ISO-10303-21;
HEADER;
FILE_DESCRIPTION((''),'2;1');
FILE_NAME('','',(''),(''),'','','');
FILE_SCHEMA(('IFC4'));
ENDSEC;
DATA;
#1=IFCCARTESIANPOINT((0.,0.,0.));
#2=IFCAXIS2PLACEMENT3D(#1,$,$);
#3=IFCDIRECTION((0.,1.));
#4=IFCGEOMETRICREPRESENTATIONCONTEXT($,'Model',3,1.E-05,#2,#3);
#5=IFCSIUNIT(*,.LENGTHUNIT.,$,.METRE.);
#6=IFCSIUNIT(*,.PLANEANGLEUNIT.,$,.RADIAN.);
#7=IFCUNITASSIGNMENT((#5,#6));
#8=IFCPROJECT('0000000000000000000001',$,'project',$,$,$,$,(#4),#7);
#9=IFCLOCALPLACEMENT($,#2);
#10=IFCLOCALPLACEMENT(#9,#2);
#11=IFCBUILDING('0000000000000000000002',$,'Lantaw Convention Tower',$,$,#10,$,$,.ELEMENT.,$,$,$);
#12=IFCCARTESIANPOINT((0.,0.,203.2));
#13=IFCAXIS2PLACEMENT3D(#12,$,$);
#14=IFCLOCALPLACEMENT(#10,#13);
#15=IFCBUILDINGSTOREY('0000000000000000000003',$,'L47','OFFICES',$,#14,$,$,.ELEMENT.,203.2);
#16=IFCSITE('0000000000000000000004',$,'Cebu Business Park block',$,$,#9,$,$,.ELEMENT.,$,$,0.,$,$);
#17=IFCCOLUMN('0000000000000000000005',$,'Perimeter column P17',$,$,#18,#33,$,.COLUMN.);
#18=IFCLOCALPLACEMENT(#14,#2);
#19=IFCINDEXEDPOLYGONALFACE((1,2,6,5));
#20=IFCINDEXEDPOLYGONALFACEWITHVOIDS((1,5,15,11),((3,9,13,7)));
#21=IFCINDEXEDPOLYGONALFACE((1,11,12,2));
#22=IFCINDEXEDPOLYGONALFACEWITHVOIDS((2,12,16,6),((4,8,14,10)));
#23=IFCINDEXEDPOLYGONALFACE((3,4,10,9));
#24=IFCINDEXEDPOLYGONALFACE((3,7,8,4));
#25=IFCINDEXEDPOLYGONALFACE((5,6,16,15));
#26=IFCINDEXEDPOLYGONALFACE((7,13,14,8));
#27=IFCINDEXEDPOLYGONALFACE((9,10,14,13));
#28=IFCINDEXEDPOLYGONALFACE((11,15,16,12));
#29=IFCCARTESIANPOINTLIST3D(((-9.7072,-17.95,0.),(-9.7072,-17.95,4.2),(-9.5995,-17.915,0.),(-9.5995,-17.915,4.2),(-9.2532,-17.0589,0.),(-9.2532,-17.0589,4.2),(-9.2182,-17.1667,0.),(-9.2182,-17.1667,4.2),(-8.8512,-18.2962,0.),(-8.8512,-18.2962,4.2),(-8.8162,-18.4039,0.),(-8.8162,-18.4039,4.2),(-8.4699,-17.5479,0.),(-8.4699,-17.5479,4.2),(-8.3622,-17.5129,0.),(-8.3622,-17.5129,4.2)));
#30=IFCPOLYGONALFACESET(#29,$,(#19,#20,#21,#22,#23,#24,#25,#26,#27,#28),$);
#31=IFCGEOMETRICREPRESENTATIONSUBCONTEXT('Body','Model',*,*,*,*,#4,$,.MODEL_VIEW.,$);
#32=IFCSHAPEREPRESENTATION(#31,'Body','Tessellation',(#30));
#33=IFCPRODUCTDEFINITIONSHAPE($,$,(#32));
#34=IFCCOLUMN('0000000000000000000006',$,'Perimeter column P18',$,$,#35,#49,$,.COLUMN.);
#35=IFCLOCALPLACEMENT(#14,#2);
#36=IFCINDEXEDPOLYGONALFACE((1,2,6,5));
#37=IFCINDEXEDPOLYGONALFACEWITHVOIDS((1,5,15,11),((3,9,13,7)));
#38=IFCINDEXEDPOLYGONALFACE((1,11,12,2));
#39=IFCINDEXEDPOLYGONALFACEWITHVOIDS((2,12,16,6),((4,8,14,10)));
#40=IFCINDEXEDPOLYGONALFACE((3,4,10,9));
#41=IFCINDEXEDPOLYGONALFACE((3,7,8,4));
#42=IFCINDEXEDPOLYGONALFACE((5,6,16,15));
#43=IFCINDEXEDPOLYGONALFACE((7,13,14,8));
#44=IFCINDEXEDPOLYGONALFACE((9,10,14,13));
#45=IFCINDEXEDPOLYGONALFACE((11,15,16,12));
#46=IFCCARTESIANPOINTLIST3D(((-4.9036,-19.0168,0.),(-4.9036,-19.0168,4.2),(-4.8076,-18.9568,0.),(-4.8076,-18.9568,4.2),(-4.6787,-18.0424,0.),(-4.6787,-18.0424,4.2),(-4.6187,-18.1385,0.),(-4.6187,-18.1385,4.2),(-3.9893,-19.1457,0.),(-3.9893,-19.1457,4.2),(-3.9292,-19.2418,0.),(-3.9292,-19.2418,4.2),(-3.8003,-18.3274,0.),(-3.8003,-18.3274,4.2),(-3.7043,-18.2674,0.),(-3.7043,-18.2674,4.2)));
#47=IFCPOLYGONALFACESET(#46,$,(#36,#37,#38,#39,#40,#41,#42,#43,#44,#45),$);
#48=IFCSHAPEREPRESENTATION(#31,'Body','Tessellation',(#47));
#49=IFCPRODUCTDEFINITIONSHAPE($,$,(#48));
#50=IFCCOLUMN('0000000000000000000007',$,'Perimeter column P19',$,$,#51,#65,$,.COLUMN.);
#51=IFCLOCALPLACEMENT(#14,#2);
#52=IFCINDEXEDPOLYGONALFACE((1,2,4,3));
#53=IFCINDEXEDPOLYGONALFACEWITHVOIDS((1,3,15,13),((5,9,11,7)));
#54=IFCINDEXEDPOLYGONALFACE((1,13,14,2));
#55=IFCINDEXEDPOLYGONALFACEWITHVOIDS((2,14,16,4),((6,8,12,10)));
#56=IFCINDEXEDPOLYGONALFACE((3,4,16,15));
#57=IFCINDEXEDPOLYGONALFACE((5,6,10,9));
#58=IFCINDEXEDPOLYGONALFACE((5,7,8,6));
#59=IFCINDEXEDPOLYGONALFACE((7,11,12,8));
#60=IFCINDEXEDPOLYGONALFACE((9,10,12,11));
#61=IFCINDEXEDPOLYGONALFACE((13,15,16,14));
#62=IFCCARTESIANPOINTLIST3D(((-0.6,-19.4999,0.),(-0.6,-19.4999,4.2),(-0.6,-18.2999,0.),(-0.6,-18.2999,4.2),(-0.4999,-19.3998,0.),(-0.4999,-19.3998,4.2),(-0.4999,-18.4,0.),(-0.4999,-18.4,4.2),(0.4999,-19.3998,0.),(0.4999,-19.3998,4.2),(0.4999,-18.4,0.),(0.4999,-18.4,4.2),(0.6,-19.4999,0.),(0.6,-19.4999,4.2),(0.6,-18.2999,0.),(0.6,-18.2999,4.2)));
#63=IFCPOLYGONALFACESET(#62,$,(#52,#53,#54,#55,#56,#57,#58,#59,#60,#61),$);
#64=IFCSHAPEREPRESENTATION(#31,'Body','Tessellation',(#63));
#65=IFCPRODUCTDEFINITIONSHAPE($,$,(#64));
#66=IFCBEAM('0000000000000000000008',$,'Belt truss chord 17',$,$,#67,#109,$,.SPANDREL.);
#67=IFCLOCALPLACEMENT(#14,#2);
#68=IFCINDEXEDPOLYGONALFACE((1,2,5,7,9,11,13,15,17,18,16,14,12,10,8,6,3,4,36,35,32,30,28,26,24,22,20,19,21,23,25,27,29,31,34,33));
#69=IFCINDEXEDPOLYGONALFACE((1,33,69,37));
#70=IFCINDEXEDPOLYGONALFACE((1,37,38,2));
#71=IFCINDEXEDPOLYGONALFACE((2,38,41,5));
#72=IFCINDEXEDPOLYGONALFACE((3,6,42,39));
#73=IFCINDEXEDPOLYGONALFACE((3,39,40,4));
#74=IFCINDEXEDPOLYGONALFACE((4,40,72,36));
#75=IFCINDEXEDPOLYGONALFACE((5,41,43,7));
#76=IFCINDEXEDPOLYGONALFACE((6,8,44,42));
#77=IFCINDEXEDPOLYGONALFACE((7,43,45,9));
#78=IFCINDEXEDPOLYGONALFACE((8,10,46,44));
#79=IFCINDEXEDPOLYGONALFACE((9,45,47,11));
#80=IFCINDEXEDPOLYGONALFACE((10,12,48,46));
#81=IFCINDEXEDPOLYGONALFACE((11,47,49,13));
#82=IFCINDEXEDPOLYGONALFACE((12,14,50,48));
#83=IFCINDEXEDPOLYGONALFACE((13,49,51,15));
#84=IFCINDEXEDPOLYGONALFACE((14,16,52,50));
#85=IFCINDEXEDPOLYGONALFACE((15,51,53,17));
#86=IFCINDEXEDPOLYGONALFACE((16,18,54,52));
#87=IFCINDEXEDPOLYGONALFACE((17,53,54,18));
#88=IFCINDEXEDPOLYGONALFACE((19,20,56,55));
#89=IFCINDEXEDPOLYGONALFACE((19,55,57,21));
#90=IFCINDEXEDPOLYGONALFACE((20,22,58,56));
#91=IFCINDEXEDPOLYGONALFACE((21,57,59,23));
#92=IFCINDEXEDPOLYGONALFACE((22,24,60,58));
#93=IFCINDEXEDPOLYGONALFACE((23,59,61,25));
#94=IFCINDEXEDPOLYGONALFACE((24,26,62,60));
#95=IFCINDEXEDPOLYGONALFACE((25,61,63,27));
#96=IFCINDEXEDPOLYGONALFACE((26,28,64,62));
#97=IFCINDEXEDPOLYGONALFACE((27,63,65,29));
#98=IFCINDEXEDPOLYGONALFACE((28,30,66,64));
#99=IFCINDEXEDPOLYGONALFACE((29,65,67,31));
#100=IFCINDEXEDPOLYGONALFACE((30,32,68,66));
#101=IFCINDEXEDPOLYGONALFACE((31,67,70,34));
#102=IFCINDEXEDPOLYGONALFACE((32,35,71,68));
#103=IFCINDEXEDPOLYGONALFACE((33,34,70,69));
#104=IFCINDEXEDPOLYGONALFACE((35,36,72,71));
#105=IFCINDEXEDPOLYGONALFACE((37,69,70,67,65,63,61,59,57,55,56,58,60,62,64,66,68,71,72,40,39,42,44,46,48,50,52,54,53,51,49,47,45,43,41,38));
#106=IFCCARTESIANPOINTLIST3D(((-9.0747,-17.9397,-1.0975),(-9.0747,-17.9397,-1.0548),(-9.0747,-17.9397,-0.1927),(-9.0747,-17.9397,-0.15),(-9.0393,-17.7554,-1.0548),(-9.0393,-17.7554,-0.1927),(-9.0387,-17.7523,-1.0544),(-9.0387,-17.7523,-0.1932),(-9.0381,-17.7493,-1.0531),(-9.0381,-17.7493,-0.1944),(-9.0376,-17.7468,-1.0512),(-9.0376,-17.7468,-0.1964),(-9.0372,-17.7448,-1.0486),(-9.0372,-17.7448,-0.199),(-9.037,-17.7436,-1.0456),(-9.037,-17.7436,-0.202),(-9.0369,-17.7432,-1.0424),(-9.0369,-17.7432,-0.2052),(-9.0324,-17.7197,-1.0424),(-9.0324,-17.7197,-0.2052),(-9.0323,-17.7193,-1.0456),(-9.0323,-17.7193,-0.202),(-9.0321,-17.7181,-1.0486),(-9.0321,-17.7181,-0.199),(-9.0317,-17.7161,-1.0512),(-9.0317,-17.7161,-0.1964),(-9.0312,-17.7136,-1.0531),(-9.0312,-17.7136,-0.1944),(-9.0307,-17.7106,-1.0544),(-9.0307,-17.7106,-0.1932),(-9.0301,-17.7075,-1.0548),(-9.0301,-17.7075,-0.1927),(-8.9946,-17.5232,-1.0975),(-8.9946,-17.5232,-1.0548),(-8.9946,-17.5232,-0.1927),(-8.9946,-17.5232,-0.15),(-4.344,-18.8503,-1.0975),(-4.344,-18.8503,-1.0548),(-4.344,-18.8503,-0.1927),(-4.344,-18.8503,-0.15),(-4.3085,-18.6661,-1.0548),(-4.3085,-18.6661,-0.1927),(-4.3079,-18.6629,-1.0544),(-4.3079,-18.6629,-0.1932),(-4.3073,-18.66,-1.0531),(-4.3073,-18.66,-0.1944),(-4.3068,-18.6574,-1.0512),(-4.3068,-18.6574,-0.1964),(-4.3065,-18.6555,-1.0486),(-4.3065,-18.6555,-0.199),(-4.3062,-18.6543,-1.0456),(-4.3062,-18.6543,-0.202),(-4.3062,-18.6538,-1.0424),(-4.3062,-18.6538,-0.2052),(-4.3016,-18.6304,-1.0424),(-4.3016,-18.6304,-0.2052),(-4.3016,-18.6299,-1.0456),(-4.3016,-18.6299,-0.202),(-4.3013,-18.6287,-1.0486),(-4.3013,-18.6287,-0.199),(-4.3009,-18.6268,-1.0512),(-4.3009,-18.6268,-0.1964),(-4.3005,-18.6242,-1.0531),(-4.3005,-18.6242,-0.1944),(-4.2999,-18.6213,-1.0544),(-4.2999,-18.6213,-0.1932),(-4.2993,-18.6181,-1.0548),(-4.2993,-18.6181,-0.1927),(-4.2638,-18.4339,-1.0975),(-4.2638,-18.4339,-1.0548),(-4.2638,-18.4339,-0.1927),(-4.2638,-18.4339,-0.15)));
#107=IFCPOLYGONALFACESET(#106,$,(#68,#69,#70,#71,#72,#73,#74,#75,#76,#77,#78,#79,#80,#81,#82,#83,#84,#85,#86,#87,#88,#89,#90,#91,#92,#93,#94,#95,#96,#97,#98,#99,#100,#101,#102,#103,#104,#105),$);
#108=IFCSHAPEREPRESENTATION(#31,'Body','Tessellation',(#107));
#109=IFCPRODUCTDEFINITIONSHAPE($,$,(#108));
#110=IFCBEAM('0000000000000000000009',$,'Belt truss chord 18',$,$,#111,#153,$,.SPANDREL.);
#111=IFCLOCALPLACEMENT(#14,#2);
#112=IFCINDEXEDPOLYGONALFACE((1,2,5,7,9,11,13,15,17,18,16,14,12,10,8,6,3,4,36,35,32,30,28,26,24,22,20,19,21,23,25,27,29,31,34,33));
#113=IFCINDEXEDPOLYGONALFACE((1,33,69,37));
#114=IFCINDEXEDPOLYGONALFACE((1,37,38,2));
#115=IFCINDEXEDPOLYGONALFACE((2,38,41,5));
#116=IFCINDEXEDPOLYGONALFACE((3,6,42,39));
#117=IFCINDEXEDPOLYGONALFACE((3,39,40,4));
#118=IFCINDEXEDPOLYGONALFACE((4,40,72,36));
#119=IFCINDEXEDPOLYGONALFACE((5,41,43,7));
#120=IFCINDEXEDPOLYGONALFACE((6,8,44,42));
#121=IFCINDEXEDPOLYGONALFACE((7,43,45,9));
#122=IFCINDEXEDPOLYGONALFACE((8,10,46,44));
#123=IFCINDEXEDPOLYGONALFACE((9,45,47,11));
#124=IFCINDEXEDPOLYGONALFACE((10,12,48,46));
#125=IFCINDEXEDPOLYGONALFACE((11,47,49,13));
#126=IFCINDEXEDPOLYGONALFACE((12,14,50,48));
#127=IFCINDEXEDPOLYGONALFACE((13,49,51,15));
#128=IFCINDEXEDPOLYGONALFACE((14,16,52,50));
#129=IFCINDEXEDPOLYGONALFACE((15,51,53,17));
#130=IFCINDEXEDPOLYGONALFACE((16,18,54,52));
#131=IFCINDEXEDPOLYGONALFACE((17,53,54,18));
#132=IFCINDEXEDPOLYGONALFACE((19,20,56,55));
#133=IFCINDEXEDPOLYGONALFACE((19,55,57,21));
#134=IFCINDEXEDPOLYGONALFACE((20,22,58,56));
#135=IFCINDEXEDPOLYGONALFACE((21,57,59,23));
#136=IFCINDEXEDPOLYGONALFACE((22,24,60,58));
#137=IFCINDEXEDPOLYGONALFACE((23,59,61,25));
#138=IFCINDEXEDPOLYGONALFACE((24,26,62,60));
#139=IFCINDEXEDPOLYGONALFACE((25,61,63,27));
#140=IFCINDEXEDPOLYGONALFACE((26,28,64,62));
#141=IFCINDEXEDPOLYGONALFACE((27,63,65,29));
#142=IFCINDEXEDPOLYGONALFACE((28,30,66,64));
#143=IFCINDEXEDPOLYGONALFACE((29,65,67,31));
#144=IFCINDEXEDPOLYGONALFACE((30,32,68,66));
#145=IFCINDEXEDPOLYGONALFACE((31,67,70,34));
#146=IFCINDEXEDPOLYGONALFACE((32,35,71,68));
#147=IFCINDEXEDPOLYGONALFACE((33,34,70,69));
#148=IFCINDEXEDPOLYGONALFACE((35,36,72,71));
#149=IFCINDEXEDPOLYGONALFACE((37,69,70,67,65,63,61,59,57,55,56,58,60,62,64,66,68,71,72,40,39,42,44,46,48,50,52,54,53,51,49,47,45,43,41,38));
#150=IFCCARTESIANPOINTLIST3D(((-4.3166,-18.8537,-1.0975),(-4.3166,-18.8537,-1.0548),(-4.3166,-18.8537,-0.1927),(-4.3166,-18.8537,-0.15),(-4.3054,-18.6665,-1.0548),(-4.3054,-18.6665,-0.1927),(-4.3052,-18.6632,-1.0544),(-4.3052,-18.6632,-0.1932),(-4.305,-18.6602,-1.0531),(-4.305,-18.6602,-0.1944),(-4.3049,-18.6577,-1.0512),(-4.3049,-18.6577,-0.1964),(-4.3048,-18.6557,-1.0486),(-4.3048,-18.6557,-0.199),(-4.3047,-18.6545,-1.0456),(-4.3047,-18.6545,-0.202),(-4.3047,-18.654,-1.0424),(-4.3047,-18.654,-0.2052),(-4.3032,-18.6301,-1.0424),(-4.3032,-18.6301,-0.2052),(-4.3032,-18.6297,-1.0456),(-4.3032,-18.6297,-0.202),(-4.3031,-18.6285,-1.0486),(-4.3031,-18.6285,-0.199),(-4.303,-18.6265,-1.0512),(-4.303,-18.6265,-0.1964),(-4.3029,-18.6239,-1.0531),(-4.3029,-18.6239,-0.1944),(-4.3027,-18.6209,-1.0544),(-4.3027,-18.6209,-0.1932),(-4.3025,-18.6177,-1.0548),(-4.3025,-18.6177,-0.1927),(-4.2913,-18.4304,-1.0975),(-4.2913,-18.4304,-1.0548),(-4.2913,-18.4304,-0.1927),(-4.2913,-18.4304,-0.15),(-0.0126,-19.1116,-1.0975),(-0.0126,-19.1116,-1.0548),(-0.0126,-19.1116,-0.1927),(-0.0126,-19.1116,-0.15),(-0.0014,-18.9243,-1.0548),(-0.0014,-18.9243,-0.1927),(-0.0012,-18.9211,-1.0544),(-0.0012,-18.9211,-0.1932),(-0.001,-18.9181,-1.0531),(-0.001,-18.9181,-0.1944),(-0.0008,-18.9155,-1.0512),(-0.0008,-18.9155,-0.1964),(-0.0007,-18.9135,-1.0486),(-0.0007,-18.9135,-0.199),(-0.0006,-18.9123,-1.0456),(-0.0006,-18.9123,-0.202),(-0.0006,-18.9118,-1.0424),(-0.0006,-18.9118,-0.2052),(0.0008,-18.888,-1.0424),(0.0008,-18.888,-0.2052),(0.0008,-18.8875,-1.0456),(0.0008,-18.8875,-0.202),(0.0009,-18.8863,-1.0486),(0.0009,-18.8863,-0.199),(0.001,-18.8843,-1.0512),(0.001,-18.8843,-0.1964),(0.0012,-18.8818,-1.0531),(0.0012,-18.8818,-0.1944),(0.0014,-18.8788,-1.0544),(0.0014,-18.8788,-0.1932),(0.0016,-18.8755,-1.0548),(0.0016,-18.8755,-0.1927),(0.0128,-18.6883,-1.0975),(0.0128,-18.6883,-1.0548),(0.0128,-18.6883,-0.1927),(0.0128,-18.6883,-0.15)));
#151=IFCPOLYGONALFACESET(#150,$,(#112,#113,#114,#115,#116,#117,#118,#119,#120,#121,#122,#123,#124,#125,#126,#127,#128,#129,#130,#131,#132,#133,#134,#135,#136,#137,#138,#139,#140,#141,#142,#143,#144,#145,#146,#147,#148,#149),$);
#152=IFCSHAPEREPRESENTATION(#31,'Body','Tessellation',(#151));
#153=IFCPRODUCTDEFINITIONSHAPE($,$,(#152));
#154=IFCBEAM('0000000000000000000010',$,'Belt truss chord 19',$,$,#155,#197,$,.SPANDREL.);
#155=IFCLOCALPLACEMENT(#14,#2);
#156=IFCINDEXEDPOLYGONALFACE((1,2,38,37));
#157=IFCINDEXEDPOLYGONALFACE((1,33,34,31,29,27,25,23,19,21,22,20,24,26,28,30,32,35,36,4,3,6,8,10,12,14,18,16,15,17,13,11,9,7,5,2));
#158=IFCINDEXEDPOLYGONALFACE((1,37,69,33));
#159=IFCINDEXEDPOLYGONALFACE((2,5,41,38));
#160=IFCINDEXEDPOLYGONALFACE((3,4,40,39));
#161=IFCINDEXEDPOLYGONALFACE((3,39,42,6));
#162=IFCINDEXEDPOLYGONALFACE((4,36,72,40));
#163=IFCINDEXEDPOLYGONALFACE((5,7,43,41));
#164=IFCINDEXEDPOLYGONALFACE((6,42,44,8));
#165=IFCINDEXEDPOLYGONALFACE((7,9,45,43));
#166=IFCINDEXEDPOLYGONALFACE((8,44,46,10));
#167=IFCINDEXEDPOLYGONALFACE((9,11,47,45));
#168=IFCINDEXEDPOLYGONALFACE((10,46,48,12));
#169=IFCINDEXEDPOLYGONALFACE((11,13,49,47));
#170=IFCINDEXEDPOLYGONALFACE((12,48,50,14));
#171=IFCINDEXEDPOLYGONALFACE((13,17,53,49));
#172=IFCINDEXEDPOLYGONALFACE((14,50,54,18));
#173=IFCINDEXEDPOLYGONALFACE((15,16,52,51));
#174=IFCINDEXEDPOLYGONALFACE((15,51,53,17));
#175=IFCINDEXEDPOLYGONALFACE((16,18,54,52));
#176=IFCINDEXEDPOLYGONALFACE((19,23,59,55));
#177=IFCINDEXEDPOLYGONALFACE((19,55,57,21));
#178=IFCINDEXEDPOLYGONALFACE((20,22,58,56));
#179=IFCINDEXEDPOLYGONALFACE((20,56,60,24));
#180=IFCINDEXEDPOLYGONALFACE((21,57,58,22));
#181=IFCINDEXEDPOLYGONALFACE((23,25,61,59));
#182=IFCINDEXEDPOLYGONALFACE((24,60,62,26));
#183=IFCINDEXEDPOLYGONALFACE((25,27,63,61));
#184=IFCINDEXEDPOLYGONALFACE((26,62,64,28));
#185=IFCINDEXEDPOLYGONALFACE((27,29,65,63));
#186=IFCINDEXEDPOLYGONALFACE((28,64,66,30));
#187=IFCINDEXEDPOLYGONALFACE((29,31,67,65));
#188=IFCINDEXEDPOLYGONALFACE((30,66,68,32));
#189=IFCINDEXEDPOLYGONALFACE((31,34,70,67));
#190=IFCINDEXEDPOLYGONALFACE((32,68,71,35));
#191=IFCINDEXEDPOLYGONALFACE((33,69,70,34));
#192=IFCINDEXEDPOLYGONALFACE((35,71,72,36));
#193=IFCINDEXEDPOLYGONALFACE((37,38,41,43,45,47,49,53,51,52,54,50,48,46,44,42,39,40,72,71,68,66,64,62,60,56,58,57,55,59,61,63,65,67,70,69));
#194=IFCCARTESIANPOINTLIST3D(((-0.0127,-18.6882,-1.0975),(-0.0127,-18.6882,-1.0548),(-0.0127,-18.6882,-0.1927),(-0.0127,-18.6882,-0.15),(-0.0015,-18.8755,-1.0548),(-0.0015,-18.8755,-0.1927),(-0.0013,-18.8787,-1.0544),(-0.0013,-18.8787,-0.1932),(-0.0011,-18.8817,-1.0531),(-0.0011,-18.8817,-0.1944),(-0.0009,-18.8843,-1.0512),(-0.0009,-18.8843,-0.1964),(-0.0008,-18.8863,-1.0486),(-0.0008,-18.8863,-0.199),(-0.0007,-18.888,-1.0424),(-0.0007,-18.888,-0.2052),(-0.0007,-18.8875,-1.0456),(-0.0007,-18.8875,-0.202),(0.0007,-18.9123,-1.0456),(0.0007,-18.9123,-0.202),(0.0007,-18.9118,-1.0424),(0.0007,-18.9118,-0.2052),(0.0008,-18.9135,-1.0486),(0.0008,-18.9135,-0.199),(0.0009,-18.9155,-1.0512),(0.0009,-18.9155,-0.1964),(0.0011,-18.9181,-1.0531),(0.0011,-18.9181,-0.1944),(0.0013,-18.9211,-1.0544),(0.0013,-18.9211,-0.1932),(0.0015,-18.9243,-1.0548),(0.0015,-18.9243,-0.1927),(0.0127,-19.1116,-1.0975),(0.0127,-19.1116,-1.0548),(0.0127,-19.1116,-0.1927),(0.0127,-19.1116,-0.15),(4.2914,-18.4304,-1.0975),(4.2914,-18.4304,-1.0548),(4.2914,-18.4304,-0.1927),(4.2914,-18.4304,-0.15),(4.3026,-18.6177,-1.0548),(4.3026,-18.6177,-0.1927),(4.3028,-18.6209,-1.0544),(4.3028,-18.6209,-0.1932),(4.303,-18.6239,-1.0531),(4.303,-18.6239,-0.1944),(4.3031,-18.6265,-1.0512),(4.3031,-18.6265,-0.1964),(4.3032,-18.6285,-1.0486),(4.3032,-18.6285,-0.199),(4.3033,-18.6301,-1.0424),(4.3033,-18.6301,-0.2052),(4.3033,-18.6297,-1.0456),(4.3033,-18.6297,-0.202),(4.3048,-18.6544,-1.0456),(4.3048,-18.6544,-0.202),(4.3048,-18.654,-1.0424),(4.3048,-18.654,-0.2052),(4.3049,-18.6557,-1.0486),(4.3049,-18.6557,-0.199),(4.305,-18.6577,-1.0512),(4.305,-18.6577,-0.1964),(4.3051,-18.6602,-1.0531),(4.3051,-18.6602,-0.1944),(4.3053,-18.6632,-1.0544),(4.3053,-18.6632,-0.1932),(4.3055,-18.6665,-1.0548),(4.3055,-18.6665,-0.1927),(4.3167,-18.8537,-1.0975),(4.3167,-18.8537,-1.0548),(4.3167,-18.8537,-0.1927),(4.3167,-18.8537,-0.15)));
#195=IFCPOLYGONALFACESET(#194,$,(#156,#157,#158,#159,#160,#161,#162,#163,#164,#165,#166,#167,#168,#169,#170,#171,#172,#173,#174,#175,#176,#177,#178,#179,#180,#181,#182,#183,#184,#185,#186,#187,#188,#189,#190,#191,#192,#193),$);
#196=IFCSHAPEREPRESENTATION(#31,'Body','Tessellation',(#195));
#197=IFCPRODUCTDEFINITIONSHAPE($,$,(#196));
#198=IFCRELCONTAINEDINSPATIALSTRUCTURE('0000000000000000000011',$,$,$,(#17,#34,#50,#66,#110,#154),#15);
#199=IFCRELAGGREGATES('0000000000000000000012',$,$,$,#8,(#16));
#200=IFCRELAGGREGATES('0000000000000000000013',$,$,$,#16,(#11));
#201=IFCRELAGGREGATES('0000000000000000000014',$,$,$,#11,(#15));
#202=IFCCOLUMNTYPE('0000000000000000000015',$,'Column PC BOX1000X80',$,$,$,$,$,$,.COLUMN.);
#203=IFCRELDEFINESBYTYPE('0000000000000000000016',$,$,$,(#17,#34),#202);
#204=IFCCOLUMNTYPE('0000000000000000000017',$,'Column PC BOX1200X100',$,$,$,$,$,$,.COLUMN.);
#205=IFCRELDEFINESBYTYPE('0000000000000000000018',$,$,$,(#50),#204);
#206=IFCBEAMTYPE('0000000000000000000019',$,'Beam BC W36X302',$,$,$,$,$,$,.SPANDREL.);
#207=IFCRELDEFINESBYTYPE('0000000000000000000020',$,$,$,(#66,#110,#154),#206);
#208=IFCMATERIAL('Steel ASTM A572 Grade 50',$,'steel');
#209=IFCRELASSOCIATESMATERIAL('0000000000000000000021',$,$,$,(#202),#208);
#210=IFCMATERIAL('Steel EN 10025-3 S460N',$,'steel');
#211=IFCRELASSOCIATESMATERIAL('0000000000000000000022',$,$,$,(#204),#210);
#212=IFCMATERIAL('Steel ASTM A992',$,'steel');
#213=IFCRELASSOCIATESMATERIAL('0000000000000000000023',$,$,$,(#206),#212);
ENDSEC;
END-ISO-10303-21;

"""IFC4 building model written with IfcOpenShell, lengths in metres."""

from ifc_helpers import new_model, si_unit, direction, frame, origin, origin_2d, place, context, subcontext, project, spatial, rectangle, hollow_rectangle, i_section, extrude, material, material_profile, profile_set, type_object, element, save


model = new_model("IFC4")

# Units and contexts
model_context = context("Model", 3, precision=1e-05, world=origin(), true_north=direction((0.0, 1.0)))
body_context = subcontext(model_context, "Body", "Model", "MODEL_VIEW")
ifc_project = project(units=[si_unit("LENGTHUNIT", "METRE"), si_unit("PLANEANGLEUNIT", "RADIAN")], contexts=[model_context])

# Site, building, storey
site_placement = place(None, origin())
site = spatial("IfcSite", under=ifc_project, at=site_placement, Name="Cebu Business Park block", CompositionType="ELEMENT", RefElevation=0.0)
building_placement = place(site_placement, origin())
building = spatial("IfcBuilding", under=site, at=building_placement, Name="Lantaw Convention Tower", CompositionType="ELEMENT")
storey_placement = place(building_placement, frame((0.0, 0.0, 203.2)))
storey = spatial("IfcBuildingStorey", under=building, at=storey_placement, Name="L47", Description="OFFICES", CompositionType="ELEMENT", Elevation=203.2)

# Columns
ifc_material_1 = material(Name="Steel ASTM A572 Grade 50", Category="steel")
ifc_material_profile_1 = material_profile(ifc_material_1, hollow_rectangle(XDim=1.0, YDim=1.0, WallThickness=0.0801, at=origin_2d()), Name="BOX1000X80")
ifc_material_2 = material(Name="Concrete C60/75", Category="concrete")
ifc_material_profile_2 = material_profile(ifc_material_2, rectangle(XDim=0.8401, YDim=0.8401, at=origin_2d()), Name="Concrete fill of BOX1000X80")
ifc_profile_set_1 = profile_set([ifc_material_profile_1, ifc_material_profile_2], Name="Steel ASTM A572 Grade 50")
column_type_1 = type_object("IfcColumnType", Name="Column PC BOX1000X80", PredefinedType="COLUMN", material=ifc_profile_set_1)
for number, where, z_axis, x_axis, name in (
    (1, (-9.0347, -17.7314, 0.0), (0.0, 0.0, 1.0), (0.45399, 0.891007, 0.0), "Perimeter column P17"),
    (2, (-4.304, -18.6421, 0.0), (0.0, 0.0, 1.0), (0.224951, 0.97437, 0.0), "Perimeter column P18"),
):
    element("IfcColumn", number, at=place(storey_placement, frame(where, z_axis=z_axis, x_axis=x_axis)), inside=storey, type_object=column_type_1, Name=name, PredefinedType="COLUMN", context=body_context, shape_type="SweptSolid", body=[
        extrude(hollow_rectangle(XDim=1.0, YDim=1.0, WallThickness=0.0801, at=origin_2d()), origin(), (0.0, 0.0, 1.0), 4.2),
    ])
ifc_material_3 = material(Name="Steel EN 10025-3 S460N", Category="steel")
ifc_material_profile_3 = material_profile(ifc_material_3, hollow_rectangle(XDim=1.2, YDim=1.2, WallThickness=0.1001, at=origin_2d()), Name="BOX1200X100")
ifc_material_profile_4 = material_profile(ifc_material_2, rectangle(XDim=1.0, YDim=1.0, at=origin_2d()), Name="Concrete fill of BOX1200X100")
ifc_profile_set_2 = profile_set([ifc_material_profile_3, ifc_material_profile_4], Name="Steel EN 10025-3 S460N")
column_type_2 = type_object("IfcColumnType", Name="Column PC BOX1200X100", PredefinedType="COLUMN", material=ifc_profile_set_2)
column_placement = place(storey_placement, frame((0.0, -18.8999, 0.0), z_axis=(0.0, 0.0, 1.0), x_axis=(1.0, 0.0, 0.0)))
element("IfcColumn", 3, at=column_placement, inside=storey, type_object=column_type_2, Name="Perimeter column P19", PredefinedType="COLUMN", context=body_context, shape_type="SweptSolid", body=[
    extrude(hollow_rectangle(XDim=1.2, YDim=1.2, WallThickness=0.1001, at=origin_2d()), origin(), (0.0, 0.0, 1.0), 4.2),
])

# Beams
ifc_material_4 = material(Name="Steel ASTM A992", Category="steel")
ifc_material_profile_5 = material_profile(ifc_material_4, i_section(OverallWidth=0.4241, OverallDepth=0.9475, WebThickness=0.0239, FlangeThickness=0.0427, FilletRadius=0.0125, at=origin_2d()), Name="W36X302")
ifc_profile_set_3 = profile_set([ifc_material_profile_5], Name="Steel ASTM A992")
beam_type_1 = type_object("IfcBeamType", Name="Beam BC W36X302", PredefinedType="SPANDREL", material=ifc_profile_set_3)
beam_1_placement = place(storey_placement, frame((-9.0347, -17.7314, -0.6238), z_axis=(0.981972, -0.189026, 0.0), x_axis=(0.189026, 0.981972, 0.0)))
element("IfcBeam", 4, at=beam_1_placement, inside=storey, type_object=beam_type_1, Name="Belt truss chord 17", PredefinedType="SPANDREL", context=body_context, shape_type="SweptSolid", body=[
    extrude(i_section(OverallWidth=0.4241, OverallDepth=0.9475, WebThickness=0.0239, FlangeThickness=0.0427, FilletRadius=0.0125, at=origin_2d()), origin(), (0.0, 0.0, 1.0), 4.8176),
])
for number, where, z_axis, x_axis, name in (
    (5, (-4.304, -18.6421, -0.6238), (0.998211, -0.059794, 0.0), (0.059794, 0.998211, 0.0), "Belt truss chord 18"),
    (6, (0.0, -18.8999, -0.6238), (0.998211, 0.059794, 0.0), (-0.059794, 0.998211, 0.0), "Belt truss chord 19"),
):
    element("IfcBeam", number, at=place(storey_placement, frame(where, z_axis=z_axis, x_axis=x_axis)), inside=storey, type_object=beam_type_1, Name=name, PredefinedType="SPANDREL", context=body_context, shape_type="SweptSolid", body=[
        extrude(i_section(OverallWidth=0.4241, OverallDepth=0.9475, WebThickness=0.0239, FlangeThickness=0.0427, FilletRadius=0.0125, at=origin_2d()), origin(), (0.0, 0.0, 1.0), 4.3118),
    ])

save(model, "model.ifc")
